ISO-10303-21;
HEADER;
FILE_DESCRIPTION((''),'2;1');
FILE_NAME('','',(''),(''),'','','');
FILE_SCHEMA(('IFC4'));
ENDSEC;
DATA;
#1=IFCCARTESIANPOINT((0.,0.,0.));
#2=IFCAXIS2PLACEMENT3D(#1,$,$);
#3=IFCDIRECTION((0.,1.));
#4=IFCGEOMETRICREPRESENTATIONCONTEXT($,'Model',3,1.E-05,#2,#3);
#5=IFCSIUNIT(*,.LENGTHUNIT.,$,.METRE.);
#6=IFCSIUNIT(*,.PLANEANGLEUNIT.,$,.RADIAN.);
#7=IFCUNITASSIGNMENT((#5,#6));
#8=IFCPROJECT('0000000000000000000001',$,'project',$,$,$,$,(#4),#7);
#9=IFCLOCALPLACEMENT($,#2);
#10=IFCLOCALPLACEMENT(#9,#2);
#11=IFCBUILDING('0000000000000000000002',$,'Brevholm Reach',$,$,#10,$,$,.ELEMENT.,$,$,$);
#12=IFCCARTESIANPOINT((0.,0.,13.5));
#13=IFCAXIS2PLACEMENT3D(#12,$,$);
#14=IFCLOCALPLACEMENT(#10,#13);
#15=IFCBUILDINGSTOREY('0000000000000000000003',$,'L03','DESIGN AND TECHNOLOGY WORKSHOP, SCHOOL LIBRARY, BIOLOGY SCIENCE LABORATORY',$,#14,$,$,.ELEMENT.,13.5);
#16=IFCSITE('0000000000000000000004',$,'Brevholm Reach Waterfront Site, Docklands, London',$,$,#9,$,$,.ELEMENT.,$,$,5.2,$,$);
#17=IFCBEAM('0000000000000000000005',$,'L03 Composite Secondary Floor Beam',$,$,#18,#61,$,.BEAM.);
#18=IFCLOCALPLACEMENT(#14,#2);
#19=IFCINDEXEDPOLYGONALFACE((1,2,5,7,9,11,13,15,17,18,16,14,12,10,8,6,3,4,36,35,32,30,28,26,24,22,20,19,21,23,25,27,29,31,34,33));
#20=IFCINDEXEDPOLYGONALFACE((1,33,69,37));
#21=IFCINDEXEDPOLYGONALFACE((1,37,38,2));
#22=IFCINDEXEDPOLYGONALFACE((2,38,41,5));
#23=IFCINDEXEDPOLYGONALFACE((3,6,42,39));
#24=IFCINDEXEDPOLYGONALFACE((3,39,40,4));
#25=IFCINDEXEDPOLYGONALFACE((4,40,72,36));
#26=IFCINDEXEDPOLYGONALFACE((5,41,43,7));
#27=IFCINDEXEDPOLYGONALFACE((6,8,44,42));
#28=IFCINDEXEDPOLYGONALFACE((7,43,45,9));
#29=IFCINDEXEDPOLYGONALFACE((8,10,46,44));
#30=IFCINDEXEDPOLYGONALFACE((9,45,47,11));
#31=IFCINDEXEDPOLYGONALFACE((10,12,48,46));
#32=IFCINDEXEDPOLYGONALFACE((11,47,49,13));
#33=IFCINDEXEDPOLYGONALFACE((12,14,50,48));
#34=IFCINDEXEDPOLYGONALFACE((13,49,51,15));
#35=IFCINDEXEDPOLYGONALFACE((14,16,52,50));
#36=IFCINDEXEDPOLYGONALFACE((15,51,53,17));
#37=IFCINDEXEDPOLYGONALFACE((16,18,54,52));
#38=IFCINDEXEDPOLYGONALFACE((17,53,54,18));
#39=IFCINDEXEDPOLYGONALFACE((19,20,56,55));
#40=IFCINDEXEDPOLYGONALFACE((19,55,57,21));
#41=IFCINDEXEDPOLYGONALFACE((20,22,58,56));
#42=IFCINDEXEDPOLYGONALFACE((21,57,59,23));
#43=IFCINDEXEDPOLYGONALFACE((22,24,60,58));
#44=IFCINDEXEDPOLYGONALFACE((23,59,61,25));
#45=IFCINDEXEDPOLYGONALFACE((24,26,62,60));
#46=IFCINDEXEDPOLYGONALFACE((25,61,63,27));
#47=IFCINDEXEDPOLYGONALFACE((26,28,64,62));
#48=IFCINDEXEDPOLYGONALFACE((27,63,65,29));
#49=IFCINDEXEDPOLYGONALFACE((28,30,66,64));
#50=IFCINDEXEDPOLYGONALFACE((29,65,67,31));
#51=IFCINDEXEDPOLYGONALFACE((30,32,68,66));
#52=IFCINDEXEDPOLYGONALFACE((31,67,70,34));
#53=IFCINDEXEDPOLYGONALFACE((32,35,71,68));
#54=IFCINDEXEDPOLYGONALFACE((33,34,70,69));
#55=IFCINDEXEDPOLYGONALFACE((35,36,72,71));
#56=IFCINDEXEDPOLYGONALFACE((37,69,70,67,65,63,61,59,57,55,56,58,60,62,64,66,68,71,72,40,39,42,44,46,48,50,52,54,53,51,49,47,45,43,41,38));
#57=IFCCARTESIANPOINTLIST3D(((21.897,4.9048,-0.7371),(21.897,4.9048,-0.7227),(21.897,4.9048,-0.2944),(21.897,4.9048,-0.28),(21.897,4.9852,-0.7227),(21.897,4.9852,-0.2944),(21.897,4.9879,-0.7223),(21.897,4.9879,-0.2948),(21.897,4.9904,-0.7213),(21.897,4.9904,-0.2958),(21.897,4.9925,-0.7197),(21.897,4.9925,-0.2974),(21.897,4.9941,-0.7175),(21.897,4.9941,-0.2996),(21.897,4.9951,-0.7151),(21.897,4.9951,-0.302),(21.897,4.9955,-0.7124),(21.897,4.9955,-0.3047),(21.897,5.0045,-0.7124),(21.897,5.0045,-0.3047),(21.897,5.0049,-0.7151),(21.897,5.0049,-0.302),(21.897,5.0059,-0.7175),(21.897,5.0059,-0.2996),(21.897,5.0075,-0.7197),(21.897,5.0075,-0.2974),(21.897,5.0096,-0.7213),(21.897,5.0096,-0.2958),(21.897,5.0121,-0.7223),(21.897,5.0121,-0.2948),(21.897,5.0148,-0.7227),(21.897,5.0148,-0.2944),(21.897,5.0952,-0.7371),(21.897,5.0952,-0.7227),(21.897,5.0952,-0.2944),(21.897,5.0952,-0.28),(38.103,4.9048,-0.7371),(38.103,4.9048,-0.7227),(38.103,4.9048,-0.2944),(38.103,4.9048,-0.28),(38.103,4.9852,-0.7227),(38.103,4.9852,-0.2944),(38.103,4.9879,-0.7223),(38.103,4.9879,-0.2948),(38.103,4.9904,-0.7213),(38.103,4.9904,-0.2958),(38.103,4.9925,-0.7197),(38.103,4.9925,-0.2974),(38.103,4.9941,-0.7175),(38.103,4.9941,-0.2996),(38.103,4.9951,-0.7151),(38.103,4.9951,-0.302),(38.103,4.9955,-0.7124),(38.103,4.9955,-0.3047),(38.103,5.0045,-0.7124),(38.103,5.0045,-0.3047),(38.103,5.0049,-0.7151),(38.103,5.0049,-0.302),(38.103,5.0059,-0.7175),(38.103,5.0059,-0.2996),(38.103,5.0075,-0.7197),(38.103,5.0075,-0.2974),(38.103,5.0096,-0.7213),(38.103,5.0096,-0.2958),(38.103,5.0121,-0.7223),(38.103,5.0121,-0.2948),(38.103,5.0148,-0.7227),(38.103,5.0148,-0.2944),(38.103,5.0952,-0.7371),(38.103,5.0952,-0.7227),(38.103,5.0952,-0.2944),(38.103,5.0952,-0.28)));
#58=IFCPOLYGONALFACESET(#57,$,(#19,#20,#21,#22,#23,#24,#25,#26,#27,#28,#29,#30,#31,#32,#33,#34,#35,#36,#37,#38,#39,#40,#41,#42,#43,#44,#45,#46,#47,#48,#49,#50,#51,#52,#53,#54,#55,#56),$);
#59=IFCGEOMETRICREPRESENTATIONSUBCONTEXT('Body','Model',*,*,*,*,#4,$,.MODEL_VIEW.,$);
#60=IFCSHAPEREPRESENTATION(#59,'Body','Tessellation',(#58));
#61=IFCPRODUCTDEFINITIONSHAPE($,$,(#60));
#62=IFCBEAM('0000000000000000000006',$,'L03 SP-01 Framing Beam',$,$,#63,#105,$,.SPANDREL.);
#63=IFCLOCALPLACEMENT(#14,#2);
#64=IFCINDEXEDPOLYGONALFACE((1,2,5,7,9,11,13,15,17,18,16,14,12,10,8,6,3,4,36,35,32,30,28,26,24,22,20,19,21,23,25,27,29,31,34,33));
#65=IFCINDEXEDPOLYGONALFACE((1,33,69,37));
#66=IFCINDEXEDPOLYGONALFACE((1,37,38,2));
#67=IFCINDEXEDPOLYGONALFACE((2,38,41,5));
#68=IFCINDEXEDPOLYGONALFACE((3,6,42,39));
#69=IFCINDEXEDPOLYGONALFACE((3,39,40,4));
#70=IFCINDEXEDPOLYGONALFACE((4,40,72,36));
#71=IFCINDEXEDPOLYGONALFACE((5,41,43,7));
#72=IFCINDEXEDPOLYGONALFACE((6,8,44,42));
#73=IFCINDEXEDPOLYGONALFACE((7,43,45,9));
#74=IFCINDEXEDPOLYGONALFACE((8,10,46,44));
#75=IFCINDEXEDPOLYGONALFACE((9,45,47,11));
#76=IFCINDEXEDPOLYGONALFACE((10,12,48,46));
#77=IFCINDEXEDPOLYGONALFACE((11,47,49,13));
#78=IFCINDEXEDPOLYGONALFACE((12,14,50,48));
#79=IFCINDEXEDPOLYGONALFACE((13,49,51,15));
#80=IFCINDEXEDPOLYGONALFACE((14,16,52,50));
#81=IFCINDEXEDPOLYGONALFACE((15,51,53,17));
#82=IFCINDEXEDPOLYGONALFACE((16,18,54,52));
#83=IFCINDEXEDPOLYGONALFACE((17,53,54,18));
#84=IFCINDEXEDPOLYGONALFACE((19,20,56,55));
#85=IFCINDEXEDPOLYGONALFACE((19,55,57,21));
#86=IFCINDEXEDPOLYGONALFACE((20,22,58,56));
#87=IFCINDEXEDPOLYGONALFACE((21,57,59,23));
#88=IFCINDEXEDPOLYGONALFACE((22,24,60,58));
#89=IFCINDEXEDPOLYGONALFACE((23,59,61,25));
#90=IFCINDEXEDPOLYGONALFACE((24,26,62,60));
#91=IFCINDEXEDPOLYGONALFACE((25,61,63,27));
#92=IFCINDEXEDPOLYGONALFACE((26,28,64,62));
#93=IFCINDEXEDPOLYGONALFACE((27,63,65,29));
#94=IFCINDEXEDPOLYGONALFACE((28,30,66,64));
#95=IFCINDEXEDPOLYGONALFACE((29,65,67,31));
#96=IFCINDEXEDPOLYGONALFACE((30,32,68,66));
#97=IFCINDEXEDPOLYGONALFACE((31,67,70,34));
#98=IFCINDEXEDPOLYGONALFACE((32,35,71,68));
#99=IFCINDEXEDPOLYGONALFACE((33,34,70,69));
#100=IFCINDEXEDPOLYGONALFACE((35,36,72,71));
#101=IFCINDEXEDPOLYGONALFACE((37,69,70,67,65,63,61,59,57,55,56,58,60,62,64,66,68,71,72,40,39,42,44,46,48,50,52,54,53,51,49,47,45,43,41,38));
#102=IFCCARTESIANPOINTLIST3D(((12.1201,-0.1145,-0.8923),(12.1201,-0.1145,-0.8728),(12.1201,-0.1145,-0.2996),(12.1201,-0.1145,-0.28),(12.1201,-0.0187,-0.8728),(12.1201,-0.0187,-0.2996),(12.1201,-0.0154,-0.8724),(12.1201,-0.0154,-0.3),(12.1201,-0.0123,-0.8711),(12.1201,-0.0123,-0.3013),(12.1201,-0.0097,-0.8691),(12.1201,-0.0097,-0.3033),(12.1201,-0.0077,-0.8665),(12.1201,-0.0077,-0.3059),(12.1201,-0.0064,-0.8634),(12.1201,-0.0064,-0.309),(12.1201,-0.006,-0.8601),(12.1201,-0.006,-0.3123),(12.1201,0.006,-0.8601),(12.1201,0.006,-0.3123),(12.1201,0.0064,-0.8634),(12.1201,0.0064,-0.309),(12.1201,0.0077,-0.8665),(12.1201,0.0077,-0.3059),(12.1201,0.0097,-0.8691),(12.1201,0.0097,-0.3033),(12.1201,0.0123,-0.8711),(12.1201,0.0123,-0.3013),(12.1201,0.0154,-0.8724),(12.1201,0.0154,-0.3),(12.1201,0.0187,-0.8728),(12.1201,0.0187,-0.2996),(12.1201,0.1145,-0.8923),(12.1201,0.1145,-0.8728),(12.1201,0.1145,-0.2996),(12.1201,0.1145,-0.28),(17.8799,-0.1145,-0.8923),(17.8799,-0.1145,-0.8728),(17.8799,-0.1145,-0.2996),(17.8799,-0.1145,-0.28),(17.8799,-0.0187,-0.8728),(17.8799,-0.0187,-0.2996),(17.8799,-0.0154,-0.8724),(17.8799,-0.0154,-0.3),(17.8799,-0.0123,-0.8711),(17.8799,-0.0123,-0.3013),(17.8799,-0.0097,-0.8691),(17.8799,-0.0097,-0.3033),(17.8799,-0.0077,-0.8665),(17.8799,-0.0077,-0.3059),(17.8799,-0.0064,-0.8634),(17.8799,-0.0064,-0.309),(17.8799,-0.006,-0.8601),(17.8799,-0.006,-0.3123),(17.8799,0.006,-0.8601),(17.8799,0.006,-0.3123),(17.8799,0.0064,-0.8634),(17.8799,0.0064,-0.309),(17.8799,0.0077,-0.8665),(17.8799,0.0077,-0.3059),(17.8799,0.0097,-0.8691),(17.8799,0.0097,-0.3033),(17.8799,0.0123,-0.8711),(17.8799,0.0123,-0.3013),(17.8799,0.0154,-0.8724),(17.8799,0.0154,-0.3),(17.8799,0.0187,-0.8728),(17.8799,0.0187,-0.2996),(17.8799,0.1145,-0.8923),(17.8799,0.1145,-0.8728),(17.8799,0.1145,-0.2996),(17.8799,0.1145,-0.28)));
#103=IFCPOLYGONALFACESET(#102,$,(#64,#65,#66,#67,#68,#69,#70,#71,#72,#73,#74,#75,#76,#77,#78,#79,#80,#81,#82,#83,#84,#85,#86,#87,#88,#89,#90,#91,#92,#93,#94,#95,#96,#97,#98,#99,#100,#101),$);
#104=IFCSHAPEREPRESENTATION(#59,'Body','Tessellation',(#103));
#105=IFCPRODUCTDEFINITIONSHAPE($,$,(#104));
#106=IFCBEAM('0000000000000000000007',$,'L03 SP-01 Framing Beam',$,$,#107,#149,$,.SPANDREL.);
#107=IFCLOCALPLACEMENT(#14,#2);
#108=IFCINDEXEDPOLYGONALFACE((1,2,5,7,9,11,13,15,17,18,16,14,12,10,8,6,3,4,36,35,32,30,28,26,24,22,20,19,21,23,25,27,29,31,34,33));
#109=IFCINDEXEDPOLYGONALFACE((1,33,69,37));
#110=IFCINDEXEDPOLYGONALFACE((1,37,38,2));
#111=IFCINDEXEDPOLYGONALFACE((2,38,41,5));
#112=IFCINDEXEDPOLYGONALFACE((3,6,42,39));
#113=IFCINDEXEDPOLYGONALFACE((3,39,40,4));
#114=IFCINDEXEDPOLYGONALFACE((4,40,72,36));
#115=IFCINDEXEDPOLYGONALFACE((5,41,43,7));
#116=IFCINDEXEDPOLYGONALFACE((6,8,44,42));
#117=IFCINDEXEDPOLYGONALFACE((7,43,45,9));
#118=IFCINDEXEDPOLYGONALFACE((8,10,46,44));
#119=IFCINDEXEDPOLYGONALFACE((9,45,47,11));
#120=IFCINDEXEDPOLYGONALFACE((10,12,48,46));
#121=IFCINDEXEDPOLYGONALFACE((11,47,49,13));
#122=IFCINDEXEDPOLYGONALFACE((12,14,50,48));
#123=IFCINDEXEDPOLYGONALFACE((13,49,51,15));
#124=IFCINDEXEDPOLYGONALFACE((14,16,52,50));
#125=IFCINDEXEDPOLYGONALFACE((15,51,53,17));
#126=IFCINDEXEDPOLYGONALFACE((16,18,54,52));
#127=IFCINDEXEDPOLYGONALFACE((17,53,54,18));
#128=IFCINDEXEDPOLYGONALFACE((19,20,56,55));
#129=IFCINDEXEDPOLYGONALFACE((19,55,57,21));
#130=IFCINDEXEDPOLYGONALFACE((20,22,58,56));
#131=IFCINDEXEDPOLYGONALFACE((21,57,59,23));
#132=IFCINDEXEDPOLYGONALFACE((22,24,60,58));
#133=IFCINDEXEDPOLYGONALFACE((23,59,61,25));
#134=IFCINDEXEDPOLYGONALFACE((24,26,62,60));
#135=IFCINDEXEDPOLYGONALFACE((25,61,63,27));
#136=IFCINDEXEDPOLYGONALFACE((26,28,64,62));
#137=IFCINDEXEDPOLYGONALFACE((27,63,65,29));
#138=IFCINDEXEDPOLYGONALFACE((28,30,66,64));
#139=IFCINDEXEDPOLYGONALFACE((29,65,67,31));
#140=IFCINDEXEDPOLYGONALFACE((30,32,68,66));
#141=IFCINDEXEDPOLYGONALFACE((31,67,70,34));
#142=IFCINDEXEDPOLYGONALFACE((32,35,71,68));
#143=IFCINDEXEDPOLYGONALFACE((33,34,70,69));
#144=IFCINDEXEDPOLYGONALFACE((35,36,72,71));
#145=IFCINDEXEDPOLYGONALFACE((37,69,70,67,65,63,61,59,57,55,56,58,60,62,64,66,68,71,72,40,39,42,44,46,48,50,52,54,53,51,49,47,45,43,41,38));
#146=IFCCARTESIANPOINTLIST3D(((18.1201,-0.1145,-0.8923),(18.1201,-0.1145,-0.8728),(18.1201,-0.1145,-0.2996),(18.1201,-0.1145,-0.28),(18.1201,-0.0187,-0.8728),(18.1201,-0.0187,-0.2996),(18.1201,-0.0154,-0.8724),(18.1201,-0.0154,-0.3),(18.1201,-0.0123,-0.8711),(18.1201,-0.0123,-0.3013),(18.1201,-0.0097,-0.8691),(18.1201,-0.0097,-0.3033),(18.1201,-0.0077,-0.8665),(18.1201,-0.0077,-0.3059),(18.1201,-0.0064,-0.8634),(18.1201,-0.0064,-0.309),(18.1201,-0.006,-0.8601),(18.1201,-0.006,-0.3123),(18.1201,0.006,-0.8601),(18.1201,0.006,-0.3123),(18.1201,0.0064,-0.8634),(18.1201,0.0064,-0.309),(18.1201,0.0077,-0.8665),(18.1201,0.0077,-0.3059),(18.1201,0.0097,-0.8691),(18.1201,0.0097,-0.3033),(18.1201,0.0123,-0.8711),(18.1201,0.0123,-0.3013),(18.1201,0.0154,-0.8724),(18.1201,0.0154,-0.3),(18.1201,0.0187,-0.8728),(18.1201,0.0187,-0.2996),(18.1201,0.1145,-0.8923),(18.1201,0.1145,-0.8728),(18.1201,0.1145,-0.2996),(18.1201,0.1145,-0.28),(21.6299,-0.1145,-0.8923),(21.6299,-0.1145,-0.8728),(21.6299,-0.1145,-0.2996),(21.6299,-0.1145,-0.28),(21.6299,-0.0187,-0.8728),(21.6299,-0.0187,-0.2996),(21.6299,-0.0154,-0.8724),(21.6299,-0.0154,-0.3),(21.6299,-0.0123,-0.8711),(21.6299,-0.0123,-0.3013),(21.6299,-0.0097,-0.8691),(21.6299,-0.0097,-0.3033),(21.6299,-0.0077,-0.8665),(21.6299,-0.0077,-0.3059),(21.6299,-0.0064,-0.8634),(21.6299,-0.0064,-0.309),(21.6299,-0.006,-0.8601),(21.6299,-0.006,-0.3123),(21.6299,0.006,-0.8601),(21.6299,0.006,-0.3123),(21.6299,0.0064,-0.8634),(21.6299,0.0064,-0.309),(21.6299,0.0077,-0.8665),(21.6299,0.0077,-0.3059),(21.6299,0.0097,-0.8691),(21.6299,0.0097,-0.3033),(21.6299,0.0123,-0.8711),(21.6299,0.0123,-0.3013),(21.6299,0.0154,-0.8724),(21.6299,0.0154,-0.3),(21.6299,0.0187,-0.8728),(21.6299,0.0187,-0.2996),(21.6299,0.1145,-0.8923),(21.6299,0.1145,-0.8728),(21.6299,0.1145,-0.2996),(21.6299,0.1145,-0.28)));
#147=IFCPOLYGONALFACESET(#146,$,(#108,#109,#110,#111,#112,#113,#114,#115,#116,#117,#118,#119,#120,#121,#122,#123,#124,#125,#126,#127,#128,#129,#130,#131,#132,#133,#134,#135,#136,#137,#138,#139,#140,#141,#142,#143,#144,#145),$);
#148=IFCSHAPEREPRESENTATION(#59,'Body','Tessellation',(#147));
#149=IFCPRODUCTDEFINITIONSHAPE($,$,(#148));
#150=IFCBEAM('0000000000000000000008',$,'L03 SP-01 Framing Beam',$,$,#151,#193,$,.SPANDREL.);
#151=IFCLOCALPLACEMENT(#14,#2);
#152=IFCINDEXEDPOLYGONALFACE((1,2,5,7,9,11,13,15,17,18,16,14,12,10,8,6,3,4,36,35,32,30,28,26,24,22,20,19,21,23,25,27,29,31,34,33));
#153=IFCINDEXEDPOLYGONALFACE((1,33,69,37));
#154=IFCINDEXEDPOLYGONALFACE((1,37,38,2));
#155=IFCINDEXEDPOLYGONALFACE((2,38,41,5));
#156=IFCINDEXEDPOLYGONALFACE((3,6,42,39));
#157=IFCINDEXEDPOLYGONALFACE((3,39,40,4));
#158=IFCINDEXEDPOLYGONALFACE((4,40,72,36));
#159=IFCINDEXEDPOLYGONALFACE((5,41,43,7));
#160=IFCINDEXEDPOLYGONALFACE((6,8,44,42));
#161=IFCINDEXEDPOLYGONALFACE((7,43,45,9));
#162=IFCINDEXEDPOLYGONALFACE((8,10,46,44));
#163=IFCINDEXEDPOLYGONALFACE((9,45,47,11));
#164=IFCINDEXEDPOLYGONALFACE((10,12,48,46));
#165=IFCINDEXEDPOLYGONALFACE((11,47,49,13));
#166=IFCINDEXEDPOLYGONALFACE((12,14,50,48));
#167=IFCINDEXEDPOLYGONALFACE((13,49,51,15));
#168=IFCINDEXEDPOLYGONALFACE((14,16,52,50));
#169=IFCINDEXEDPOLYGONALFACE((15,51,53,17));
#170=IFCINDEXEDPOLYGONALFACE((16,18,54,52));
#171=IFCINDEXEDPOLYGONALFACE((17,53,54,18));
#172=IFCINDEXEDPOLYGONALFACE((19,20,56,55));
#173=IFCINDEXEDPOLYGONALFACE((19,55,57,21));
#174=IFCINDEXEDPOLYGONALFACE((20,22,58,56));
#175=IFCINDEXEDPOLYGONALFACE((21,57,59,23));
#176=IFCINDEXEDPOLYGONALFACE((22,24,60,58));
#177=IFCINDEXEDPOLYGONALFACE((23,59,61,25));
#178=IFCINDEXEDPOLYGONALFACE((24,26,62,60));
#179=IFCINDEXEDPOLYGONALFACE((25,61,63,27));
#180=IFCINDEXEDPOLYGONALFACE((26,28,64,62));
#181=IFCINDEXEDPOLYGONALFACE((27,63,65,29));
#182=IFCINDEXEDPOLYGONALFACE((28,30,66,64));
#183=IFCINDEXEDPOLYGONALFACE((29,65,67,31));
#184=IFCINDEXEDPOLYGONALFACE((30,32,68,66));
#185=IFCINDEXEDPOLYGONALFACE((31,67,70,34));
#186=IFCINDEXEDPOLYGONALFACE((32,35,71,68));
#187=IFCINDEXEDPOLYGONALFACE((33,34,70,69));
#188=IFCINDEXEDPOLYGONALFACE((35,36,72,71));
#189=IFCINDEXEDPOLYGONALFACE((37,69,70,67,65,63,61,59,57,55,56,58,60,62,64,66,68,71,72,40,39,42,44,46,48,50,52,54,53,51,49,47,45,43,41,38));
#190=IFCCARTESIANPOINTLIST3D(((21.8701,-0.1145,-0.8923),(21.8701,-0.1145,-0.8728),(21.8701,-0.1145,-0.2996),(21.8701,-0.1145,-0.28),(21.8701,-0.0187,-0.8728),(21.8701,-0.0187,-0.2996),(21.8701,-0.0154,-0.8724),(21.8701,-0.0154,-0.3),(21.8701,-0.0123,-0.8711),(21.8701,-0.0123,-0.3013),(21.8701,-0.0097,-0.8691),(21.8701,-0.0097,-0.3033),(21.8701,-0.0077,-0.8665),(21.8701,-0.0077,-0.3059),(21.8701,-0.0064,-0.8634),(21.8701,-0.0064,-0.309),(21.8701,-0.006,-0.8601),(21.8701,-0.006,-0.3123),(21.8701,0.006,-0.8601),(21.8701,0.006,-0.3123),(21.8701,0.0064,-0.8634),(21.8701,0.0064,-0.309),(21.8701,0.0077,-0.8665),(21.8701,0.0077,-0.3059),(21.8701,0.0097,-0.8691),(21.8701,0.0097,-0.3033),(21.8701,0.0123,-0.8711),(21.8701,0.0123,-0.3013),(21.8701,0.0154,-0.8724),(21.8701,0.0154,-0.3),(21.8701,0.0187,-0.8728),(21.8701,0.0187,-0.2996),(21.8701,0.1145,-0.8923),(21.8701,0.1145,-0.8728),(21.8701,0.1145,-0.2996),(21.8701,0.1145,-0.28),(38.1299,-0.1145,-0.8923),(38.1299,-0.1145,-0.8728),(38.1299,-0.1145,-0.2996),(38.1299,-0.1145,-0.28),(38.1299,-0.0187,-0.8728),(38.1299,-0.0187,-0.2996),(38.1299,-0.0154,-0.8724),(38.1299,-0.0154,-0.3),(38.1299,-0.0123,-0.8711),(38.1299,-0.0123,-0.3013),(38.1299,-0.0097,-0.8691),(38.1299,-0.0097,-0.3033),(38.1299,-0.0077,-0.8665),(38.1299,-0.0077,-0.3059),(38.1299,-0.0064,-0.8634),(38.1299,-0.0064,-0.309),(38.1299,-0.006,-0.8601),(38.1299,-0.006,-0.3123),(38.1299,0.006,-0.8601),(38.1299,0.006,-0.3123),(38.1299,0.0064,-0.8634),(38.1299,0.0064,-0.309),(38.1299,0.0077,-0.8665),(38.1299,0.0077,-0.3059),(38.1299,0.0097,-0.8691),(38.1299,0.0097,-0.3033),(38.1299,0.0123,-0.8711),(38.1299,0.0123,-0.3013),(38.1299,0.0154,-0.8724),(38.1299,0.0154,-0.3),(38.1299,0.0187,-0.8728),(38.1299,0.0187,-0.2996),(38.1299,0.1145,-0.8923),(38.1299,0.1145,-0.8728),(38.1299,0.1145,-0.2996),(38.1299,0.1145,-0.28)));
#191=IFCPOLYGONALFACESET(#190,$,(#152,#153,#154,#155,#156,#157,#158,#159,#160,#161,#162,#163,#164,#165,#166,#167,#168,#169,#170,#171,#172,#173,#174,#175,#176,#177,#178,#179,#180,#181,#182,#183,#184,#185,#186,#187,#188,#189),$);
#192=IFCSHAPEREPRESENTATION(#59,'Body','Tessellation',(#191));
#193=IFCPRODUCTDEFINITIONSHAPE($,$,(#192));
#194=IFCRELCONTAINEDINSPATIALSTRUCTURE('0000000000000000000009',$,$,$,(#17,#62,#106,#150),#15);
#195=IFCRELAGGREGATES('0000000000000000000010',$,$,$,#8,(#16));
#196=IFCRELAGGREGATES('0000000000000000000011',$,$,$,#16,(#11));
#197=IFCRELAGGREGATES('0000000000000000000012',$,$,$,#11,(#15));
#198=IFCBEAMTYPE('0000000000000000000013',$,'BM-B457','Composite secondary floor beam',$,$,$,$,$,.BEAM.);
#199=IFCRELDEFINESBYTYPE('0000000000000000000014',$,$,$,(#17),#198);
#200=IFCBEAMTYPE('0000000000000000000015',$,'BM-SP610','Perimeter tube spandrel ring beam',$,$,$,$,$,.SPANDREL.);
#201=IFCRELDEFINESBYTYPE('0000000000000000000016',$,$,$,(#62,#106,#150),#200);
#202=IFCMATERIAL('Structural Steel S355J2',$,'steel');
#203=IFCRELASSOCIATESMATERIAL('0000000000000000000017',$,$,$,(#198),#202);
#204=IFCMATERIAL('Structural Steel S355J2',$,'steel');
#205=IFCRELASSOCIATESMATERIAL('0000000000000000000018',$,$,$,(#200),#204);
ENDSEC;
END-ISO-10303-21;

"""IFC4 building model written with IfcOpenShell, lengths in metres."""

from ifc_helpers import new_model, si_unit, direction, frame, origin, origin_2d, place, context, subcontext, project, spatial, i_section, extrude, material, material_profile, profile_set, type_object, element, save


model = new_model("IFC4")

# Units and contexts
model_context = context("Model", 3, precision=1e-05, world=origin(), true_north=direction((0.0, 1.0)))
body_context = subcontext(model_context, "Body", "Model", "MODEL_VIEW")
ifc_project = project(units=[si_unit("LENGTHUNIT", "METRE"), si_unit("PLANEANGLEUNIT", "RADIAN")], contexts=[model_context])

# Site, building, storey
site_placement = place(None, origin())
site = spatial("IfcSite", under=ifc_project, at=site_placement, Name="Brevholm Reach Waterfront Site, Docklands, London", CompositionType="ELEMENT", RefElevation=5.2)
building_placement = place(site_placement, origin())
building = spatial("IfcBuilding", under=site, at=building_placement, Name="Brevholm Reach", CompositionType="ELEMENT")
storey_placement = place(building_placement, frame((0.0, 0.0, 13.5)))
storey = spatial("IfcBuildingStorey", under=building, at=storey_placement, Name="L03", Description="DESIGN AND TECHNOLOGY WORKSHOP, SCHOOL LIBRARY, BIOLOGY SCIENCE LABORATORY", CompositionType="ELEMENT", Elevation=13.5)

# Beams
ifc_material_1 = material(Name="Structural Steel S355J2", Category="steel")
ifc_material_profile_1 = material_profile(ifc_material_1, i_section(OverallWidth=0.1904, OverallDepth=0.457, WebThickness=0.009, FlangeThickness=0.0144, FilletRadius=0.0103, at=origin_2d()), Name="UKB 457x191x74")
ifc_profile_set_1 = profile_set([ifc_material_profile_1], Name="Structural Steel S355J2")
beam_type_1 = type_object("IfcBeamType", Name="BM-B457", Description="Composite secondary floor beam", PredefinedType="BEAM", material=ifc_profile_set_1)
beam_1_placement = place(storey_placement, frame((21.897, 5.0, -0.5085), z_axis=(1.0, 0.0, 0.0), x_axis=(0.0, 1.0, 0.0)))
element("IfcBeam", 1, at=beam_1_placement, inside=storey, type_object=beam_type_1, Name="L03 Composite Secondary Floor Beam", PredefinedType="BEAM", context=body_context, shape_type="SweptSolid", body=[
    extrude(i_section(OverallWidth=0.1904, OverallDepth=0.457, WebThickness=0.009, FlangeThickness=0.0144, FilletRadius=0.0103, at=origin_2d()), origin(), (0.0, 0.0, 1.0), 16.2061),
])
ifc_material_2 = material(Name="Structural Steel S355J2", Category="steel")
ifc_material_profile_2 = material_profile(ifc_material_2, i_section(OverallWidth=0.229, OverallDepth=0.6123, WebThickness=0.012, FlangeThickness=0.0195, FilletRadius=0.0127, at=origin_2d()), Name="UKB 610x229x125")
ifc_profile_set_2 = profile_set([ifc_material_profile_2], Name="Structural Steel S355J2")
beam_type_2 = type_object("IfcBeamType", Name="BM-SP610", Description="Perimeter tube spandrel ring beam", PredefinedType="SPANDREL", material=ifc_profile_set_2)
beam_2_placement = place(storey_placement, frame((12.1201, 0.0, -0.5862), z_axis=(1.0, 0.0, 0.0), x_axis=(0.0, 1.0, 0.0)))
element("IfcBeam", 2, at=beam_2_placement, inside=storey, type_object=beam_type_2, Name="L03 SP-01 Framing Beam", PredefinedType="SPANDREL", context=body_context, shape_type="SweptSolid", body=[
    extrude(i_section(OverallWidth=0.229, OverallDepth=0.6123, WebThickness=0.012, FlangeThickness=0.0195, FilletRadius=0.0127, at=origin_2d()), origin(), (0.0, 0.0, 1.0), 5.7598),
])
beam_3_placement = place(storey_placement, frame((18.1201, 0.0, -0.5862), z_axis=(1.0, 0.0, 0.0), x_axis=(0.0, 1.0, 0.0)))
element("IfcBeam", 3, at=beam_3_placement, inside=storey, type_object=beam_type_2, Name="L03 SP-01 Framing Beam", PredefinedType="SPANDREL", context=body_context, shape_type="SweptSolid", body=[
    extrude(i_section(OverallWidth=0.229, OverallDepth=0.6123, WebThickness=0.012, FlangeThickness=0.0195, FilletRadius=0.0127, at=origin_2d()), origin(), (0.0, 0.0, 1.0), 3.5098),
])
beam_4_placement = place(storey_placement, frame((21.8701, 0.0, -0.5862), z_axis=(1.0, 0.0, 0.0), x_axis=(0.0, 1.0, 0.0)))
element("IfcBeam", 4, at=beam_4_placement, inside=storey, type_object=beam_type_2, Name="L03 SP-01 Framing Beam", PredefinedType="SPANDREL", context=body_context, shape_type="SweptSolid", body=[
    extrude(i_section(OverallWidth=0.229, OverallDepth=0.6123, WebThickness=0.012, FlangeThickness=0.0195, FilletRadius=0.0127, at=origin_2d()), origin(), (0.0, 0.0, 1.0), 16.2598),
])

save(model, "model.ifc")
